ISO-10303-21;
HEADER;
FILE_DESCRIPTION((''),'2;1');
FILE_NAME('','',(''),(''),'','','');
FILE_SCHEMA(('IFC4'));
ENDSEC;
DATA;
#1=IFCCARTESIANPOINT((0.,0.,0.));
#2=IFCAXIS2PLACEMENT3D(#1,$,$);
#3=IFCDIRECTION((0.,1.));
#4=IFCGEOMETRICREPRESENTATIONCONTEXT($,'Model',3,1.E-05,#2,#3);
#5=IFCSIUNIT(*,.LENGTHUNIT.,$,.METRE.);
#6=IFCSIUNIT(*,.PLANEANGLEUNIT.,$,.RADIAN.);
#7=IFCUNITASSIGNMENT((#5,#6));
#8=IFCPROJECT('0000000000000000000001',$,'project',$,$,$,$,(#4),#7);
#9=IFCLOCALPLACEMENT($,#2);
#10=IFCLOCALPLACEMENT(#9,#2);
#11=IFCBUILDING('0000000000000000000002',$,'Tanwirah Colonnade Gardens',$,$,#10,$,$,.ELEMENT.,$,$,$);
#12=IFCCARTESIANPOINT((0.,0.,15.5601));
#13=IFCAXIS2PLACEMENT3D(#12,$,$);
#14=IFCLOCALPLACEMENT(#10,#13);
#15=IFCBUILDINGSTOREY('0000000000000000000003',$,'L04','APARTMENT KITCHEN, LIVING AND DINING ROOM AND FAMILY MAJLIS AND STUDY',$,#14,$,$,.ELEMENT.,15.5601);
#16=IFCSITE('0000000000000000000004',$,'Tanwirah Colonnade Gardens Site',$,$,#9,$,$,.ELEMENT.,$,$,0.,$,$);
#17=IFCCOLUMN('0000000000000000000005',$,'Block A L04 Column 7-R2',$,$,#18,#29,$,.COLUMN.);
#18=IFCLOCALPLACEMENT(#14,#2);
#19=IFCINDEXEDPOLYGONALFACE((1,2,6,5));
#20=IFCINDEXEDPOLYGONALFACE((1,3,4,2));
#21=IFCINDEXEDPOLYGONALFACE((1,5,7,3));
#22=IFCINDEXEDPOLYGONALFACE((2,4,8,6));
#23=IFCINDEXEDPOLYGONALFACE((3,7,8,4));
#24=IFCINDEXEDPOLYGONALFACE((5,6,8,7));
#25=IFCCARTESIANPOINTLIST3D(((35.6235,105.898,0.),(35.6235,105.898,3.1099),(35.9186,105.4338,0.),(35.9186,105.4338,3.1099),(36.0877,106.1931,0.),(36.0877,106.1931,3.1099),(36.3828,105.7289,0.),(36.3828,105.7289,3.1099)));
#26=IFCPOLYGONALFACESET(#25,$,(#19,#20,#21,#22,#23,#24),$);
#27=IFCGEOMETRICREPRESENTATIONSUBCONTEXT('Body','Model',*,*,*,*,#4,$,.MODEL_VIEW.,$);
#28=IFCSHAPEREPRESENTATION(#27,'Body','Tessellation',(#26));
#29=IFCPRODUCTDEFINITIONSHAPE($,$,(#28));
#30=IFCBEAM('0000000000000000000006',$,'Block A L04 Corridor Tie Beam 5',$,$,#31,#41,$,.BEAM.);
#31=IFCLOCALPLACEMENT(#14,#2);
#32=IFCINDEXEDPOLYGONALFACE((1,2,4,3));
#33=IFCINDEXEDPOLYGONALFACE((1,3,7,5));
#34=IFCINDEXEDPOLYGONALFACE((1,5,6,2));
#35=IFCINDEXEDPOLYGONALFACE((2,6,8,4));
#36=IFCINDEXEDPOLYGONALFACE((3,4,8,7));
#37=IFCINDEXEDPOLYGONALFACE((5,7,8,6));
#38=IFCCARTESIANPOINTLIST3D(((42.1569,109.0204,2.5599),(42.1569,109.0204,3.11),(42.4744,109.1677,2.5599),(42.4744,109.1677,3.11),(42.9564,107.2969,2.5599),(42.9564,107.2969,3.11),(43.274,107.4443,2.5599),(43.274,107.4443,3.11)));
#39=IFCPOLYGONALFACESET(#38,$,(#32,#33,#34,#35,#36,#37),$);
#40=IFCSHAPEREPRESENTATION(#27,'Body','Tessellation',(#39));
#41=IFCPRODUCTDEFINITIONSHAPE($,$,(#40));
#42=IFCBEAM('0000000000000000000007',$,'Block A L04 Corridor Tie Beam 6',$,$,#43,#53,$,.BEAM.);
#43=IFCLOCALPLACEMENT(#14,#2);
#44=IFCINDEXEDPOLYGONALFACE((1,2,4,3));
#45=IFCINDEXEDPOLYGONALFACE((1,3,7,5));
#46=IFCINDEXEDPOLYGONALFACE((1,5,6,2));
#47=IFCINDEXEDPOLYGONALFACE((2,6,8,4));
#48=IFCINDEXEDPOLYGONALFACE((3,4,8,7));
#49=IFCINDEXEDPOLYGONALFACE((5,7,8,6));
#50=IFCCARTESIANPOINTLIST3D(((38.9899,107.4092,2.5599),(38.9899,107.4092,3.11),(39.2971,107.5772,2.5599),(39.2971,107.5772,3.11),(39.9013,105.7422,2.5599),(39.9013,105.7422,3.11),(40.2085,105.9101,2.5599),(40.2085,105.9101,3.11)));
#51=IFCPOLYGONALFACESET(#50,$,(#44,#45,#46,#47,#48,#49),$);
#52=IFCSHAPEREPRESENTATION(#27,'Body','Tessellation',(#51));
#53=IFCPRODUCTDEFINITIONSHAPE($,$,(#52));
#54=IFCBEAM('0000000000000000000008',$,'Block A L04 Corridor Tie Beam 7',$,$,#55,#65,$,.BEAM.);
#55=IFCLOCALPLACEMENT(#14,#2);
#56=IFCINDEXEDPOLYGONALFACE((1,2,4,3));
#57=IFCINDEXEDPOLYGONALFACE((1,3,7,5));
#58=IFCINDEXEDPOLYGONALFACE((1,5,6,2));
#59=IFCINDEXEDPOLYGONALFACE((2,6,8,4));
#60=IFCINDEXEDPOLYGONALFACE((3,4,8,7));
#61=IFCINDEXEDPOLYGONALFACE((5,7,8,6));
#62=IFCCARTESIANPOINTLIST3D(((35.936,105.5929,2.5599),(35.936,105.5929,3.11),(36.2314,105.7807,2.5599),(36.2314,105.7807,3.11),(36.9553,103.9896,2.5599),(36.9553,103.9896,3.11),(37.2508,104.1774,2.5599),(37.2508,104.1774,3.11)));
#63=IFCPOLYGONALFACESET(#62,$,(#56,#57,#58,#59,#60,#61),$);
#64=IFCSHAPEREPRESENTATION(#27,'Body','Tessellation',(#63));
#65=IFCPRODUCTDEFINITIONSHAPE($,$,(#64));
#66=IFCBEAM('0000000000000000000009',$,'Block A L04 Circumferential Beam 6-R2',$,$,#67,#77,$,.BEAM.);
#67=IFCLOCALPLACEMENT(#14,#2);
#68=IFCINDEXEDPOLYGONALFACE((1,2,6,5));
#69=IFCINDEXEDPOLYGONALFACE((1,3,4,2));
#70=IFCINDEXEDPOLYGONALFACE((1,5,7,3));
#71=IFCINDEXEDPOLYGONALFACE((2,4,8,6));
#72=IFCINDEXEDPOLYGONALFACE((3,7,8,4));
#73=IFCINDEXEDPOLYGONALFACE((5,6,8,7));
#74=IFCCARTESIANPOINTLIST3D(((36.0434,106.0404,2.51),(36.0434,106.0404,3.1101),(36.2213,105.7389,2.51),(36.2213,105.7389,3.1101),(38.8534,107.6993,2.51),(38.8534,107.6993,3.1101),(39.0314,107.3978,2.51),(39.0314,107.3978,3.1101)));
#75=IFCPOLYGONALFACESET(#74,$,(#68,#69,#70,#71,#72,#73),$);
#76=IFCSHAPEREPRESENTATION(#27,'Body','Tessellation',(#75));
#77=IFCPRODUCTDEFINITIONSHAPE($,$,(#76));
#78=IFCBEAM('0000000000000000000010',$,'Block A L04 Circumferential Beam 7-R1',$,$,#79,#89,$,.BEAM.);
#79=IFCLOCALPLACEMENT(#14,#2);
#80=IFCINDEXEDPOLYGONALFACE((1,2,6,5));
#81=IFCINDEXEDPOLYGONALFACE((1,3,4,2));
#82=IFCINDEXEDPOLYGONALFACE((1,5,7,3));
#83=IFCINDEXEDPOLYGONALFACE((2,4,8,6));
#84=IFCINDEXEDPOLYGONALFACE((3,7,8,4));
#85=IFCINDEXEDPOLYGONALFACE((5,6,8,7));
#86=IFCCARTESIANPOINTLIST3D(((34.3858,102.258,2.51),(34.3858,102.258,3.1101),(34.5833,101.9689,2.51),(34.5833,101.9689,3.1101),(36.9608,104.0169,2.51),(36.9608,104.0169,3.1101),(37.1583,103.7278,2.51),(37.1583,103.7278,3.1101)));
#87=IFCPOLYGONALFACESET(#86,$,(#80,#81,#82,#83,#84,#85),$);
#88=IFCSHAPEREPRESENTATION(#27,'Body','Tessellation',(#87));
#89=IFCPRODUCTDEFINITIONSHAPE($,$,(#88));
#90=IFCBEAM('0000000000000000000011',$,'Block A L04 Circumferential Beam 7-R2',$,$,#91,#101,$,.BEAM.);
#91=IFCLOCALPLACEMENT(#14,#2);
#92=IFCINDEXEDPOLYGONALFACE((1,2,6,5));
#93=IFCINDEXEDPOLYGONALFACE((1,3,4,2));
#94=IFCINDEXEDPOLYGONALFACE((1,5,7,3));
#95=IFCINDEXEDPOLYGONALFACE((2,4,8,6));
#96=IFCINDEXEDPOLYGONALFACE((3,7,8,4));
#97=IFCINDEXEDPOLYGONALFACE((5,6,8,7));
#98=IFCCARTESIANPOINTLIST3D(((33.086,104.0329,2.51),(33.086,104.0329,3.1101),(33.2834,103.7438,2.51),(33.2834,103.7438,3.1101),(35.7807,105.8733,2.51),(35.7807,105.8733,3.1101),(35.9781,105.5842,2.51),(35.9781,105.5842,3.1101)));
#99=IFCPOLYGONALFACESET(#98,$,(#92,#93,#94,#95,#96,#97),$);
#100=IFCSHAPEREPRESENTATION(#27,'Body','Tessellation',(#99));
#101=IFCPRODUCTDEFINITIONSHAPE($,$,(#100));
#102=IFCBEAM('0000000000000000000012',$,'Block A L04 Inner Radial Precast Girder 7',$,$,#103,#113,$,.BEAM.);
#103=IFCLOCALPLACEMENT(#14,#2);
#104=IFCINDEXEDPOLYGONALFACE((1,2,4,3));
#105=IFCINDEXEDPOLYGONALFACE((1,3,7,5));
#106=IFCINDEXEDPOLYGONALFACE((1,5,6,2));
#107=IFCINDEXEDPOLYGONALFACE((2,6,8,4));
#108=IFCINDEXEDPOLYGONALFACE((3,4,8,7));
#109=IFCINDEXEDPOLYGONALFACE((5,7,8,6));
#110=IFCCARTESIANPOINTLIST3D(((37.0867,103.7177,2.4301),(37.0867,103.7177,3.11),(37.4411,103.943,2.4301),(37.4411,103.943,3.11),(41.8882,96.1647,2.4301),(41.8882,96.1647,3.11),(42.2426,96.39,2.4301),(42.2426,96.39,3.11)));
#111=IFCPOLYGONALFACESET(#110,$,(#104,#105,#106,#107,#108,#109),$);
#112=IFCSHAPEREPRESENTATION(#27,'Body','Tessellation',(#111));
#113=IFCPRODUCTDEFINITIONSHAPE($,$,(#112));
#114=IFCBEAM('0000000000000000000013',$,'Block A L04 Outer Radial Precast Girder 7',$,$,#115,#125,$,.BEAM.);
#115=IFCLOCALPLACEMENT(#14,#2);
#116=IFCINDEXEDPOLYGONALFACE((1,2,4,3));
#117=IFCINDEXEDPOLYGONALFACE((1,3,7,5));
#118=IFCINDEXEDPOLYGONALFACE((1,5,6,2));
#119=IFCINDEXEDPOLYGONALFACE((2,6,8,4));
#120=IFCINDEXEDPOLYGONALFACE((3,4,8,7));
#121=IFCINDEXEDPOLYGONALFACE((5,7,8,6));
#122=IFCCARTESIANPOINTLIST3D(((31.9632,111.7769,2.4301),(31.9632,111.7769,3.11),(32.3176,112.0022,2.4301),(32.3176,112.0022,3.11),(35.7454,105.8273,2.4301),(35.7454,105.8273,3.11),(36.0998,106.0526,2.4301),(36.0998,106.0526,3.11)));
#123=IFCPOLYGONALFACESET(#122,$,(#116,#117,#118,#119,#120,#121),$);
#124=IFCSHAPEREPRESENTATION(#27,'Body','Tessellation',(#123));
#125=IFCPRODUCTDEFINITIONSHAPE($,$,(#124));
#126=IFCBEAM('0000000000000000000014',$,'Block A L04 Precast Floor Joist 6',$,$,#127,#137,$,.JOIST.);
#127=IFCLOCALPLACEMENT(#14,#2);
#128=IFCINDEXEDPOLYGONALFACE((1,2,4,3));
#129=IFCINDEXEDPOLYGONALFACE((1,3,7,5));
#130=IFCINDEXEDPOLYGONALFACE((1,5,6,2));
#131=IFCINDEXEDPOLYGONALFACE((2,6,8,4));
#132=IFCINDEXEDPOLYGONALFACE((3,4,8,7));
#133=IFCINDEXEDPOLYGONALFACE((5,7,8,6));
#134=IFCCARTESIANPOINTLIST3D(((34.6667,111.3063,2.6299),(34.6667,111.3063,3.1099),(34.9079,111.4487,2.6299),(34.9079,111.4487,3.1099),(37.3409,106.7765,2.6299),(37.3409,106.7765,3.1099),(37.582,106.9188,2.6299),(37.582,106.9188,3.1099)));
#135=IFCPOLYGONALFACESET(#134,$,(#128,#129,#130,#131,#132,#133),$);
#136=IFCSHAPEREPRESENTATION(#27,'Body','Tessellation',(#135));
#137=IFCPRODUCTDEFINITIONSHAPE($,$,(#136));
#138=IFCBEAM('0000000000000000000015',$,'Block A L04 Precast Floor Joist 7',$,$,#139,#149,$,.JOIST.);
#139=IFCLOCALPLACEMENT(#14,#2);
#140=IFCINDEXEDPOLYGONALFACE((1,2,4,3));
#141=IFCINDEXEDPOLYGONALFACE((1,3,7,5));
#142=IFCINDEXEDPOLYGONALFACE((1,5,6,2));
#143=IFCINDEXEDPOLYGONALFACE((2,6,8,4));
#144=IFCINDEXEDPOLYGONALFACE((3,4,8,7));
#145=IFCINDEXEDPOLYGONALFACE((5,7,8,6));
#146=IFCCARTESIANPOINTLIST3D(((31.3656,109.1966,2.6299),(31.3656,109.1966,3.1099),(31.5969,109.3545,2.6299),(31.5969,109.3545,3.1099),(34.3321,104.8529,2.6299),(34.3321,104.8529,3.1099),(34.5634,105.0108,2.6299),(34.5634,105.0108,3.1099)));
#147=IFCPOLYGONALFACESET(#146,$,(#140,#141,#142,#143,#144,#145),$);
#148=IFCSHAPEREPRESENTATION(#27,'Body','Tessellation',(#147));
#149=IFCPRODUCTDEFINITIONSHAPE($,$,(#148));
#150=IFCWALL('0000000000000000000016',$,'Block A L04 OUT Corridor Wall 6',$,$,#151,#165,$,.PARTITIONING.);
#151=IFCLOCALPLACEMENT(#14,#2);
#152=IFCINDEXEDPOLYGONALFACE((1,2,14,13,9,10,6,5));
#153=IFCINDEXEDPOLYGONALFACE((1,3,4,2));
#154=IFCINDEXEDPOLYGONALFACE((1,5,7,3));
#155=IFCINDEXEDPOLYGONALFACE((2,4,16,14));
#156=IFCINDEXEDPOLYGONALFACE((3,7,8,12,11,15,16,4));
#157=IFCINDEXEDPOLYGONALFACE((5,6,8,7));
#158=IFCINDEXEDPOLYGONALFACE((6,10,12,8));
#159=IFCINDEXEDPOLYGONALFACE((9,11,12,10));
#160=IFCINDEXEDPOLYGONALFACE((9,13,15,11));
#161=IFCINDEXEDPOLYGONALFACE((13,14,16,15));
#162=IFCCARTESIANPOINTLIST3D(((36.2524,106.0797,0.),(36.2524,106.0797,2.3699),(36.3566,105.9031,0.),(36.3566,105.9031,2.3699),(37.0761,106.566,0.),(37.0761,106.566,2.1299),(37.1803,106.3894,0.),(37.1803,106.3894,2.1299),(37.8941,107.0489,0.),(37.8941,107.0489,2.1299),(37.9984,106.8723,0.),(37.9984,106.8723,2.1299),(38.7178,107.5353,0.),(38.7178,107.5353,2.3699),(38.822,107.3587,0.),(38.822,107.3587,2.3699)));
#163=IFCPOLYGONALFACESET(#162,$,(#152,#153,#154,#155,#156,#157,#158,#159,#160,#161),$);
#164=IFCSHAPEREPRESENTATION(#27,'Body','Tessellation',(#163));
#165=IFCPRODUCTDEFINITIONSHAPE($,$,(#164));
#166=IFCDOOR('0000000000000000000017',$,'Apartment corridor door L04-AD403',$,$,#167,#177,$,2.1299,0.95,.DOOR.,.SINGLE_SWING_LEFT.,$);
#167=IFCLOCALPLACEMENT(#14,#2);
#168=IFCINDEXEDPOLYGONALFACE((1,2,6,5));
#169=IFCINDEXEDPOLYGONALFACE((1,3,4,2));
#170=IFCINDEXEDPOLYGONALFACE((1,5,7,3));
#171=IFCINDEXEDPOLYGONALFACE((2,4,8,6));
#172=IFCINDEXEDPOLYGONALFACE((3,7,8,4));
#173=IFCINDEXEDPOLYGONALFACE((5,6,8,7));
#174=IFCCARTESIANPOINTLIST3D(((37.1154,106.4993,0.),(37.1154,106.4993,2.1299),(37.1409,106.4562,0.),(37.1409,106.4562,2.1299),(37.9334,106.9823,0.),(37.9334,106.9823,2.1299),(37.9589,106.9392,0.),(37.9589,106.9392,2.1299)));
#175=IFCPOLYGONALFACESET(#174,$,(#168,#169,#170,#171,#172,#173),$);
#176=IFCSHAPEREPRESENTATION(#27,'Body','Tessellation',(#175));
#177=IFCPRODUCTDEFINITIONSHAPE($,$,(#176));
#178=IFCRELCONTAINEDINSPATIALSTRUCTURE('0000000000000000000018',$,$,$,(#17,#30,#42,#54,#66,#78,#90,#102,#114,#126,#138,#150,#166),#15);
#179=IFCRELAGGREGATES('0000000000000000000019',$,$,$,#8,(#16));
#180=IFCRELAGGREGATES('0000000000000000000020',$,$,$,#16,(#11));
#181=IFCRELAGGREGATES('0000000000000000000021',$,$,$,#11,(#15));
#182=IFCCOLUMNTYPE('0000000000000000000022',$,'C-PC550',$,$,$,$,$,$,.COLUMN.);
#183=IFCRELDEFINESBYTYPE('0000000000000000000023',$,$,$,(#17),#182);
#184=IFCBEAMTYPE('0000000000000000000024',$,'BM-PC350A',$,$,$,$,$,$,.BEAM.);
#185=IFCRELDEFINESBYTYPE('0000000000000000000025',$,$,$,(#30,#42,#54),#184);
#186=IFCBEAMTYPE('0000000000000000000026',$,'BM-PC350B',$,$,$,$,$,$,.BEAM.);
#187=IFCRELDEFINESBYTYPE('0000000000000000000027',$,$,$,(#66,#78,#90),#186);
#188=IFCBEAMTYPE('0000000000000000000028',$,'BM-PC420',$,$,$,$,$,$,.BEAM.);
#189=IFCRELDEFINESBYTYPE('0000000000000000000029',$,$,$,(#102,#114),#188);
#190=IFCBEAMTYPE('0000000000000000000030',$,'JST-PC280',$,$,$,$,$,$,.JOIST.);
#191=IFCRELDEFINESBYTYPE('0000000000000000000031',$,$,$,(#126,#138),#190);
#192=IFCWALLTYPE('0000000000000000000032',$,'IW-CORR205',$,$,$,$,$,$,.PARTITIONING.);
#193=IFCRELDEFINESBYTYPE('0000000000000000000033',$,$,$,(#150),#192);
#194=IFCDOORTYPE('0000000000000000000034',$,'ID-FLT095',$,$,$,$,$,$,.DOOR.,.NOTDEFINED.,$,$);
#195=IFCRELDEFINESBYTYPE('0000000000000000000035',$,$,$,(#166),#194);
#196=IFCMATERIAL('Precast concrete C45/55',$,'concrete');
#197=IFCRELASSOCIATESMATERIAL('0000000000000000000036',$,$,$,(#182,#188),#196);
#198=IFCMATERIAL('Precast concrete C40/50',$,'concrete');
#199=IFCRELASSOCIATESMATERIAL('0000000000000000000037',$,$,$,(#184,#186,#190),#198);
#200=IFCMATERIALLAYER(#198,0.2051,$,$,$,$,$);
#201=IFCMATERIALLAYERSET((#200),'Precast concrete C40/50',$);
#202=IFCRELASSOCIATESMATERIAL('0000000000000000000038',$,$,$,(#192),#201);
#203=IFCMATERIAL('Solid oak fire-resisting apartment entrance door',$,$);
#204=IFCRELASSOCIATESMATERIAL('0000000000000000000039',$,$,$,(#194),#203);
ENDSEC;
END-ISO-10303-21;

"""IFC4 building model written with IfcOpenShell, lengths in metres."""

from ifc_helpers import new_model, si_unit, direction, frame, frame_2d, origin, origin_2d, place, context, subcontext, project, spatial, rectangle, extrude, material, layer, layer_set, material_profile, profile_set, type_object, element, fill, save


model = new_model("IFC4")

# Units and contexts
model_context = context("Model", 3, precision=1e-05, world=origin(), true_north=direction((0.0, 1.0)))
body_context = subcontext(model_context, "Body", "Model", "MODEL_VIEW")
ifc_project = project(units=[si_unit("LENGTHUNIT", "METRE"), si_unit("PLANEANGLEUNIT", "RADIAN")], contexts=[model_context])

# Site, building, storey
site_placement = place(None, origin())
site = spatial("IfcSite", under=ifc_project, at=site_placement, Name="Tanwirah Colonnade Gardens Site", CompositionType="ELEMENT", RefElevation=0.0)
building_placement = place(site_placement, origin())
building = spatial("IfcBuilding", under=site, at=building_placement, Name="Tanwirah Colonnade Gardens", CompositionType="ELEMENT")
storey_placement = place(building_placement, frame((0.0, 0.0, 15.5601)))
storey = spatial("IfcBuildingStorey", under=building, at=storey_placement, Name="L04", Description="APARTMENT KITCHEN, LIVING AND DINING ROOM AND FAMILY MAJLIS AND STUDY", CompositionType="ELEMENT", Elevation=15.5601)

# Column
ifc_material_1 = material(Name="Precast concrete C45/55", Category="concrete")
ifc_material_profile_1 = material_profile(ifc_material_1, rectangle(XDim=0.55, YDim=0.55, at=origin_2d()), Name="PC-COL 550x550")
ifc_profile_set_1 = profile_set([ifc_material_profile_1], Name="Precast concrete C45/55")
column_type = type_object("IfcColumnType", Name="C-PC550", PredefinedType="COLUMN", material=ifc_profile_set_1)
column_placement = place(storey_placement, frame((36.0032, 105.8135, 0.0), z_axis=(0.0, 0.0, 1.0), x_axis=(-0.536482, 0.843912, 0.0)))
element("IfcColumn", 1, at=column_placement, inside=storey, type_object=column_type, Name="Block A L04 Column 7-R2", PredefinedType="COLUMN", context=body_context, shape_type="SweptSolid", body=[
    extrude(rectangle(XDim=0.55, YDim=0.55, at=origin_2d()), origin(), (0.0, 0.0, 1.0), 3.1099),
])

# Beams
ifc_material_2 = material(Name="Precast concrete C40/50", Category="concrete")
ifc_material_profile_2 = material_profile(ifc_material_2, rectangle(XDim=0.3501, YDim=0.55, at=origin_2d()), Name="PC-BM 350x550")
ifc_profile_set_2 = profile_set([ifc_material_profile_2], Name="Precast concrete C40/50")
beam_type_1 = type_object("IfcBeamType", Name="BM-PC350A", PredefinedType="BEAM", material=ifc_profile_set_2)
for number, where, z_axis, x_axis, name in (
    (2, (43.1152, 107.3706, 2.835), (-0.420858, 0.907126, 0.0), (-0.907126, -0.420858, 0.0), "Block A L04 Corridor Tie Beam 5"),
    (3, (40.0549, 105.8262, 2.835), (-0.479707, 0.877429, 0.0), (-0.877429, -0.479707, 0.0), "Block A L04 Corridor Tie Beam 6"),
    (4, (37.103, 104.0835, 2.835), (-0.53651, 0.843894, 0.0), (-0.843894, -0.53651, 0.0), "Block A L04 Corridor Tie Beam 7"),
):
    element("IfcBeam", number, at=place(storey_placement, frame(where, z_axis=z_axis, x_axis=x_axis)), inside=storey, type_object=beam_type_1, Name=name, PredefinedType="BEAM", context=body_context, shape_type="SweptSolid", body=[
        extrude(rectangle(XDim=0.3501, YDim=0.55, at=origin_2d()), origin(), (0.0, 0.0, 1.0), 1.8999),
    ])
ifc_material_profile_3 = material_profile(ifc_material_2, rectangle(XDim=0.3501, YDim=0.6001, at=origin_2d()), Name="PC-BM 350x600")
ifc_profile_set_3 = profile_set([ifc_material_profile_3], Name="Precast concrete C40/50")
beam_type_2 = type_object("IfcBeamType", Name="BM-PC350B", PredefinedType="BEAM", material=ifc_profile_set_3)
beam_1_placement = place(storey_placement, frame((38.9424, 107.5486, 2.8101), z_axis=(-0.861135, -0.508376, 0.0), x_axis=(0.508376, -0.861135, 0.0)))
element("IfcBeam", 5, at=beam_1_placement, inside=storey, type_object=beam_type_2, Name="Block A L04 Circumferential Beam 6-R2", PredefinedType="BEAM", context=body_context, shape_type="SweptSolid", body=[
    extrude(rectangle(XDim=0.3501, YDim=0.6001, at=origin_2d()), origin(), (0.0, 0.0, 1.0), 3.2632),
])
beam_2_placement = place(storey_placement, frame((37.0596, 103.8723, 2.8101), z_axis=(-0.825758, -0.564024, 0.0), x_axis=(0.564024, -0.825758, 0.0)))
element("IfcBeam", 6, at=beam_2_placement, inside=storey, type_object=beam_type_2, Name="Block A L04 Circumferential Beam 7-R1", PredefinedType="BEAM", context=body_context, shape_type="SweptSolid", body=[
    extrude(rectangle(XDim=0.3501, YDim=0.6001, at=origin_2d()), origin(), (0.0, 0.0, 1.0), 3.1184),
])
beam_3_placement = place(storey_placement, frame((35.8794, 105.7288, 2.8101), z_axis=(-0.825782, -0.563989, 0.0), x_axis=(0.563989, -0.825782, 0.0)))
element("IfcBeam", 7, at=beam_3_placement, inside=storey, type_object=beam_type_2, Name="Block A L04 Circumferential Beam 7-R2", PredefinedType="BEAM", context=body_context, shape_type="SweptSolid", body=[
    extrude(rectangle(XDim=0.3501, YDim=0.6001, at=origin_2d()), origin(), (0.0, 0.0, 1.0), 3.2632),
])
ifc_material_profile_4 = material_profile(ifc_material_1, rectangle(XDim=0.4199, YDim=0.6799, at=origin_2d()), Name="PC-BM 420x680")
ifc_profile_set_4 = profile_set([ifc_material_profile_4], Name="Precast concrete C45/55")
beam_type_3 = type_object("IfcBeamType", Name="BM-PC420", PredefinedType="BEAM", material=ifc_profile_set_4)
beam_4_placement = place(storey_placement, frame((37.2639, 103.8303, 2.77), z_axis=(0.536484, -0.843911, 0.0), x_axis=(0.843911, 0.536484, 0.0)))
element("IfcBeam", 8, at=beam_4_placement, inside=storey, type_object=beam_type_3, Name="Block A L04 Inner Radial Precast Girder 7", PredefinedType="BEAM", context=body_context, shape_type="SweptSolid", body=[
    extrude(rectangle(XDim=0.4199, YDim=0.6799, at=origin_2d()), origin(), (0.0, 0.0, 1.0), 8.95),
])
beam_5_placement = place(storey_placement, frame((35.9226, 105.9399, 2.77), z_axis=(-0.536477, 0.843915, 0.0), x_axis=(-0.843915, -0.536477, 0.0)))
element("IfcBeam", 9, at=beam_5_placement, inside=storey, type_object=beam_type_3, Name="Block A L04 Outer Radial Precast Girder 7", PredefinedType="BEAM", context=body_context, shape_type="SweptSolid", body=[
    extrude(rectangle(XDim=0.4199, YDim=0.6799, at=origin_2d()), origin(), (0.0, 0.0, 1.0), 7.05),
])
ifc_material_profile_5 = material_profile(ifc_material_2, rectangle(XDim=0.28, YDim=0.48, at=origin_2d()), Name="PC-JST 280x480")
ifc_profile_set_5 = profile_set([ifc_material_profile_5], Name="Precast concrete C40/50")
beam_type_4 = type_object("IfcBeamType", Name="JST-PC280", PredefinedType="JOIST", material=ifc_profile_set_5)
beam_6_placement = place(storey_placement, frame((37.4614, 106.8477, 2.8699), z_axis=(-0.50836, 0.861145, 0.0), x_axis=(-0.861145, -0.50836, 0.0)))
element("IfcBeam", 10, at=beam_6_placement, inside=storey, type_object=beam_type_4, Name="Block A L04 Precast Floor Joist 6", PredefinedType="JOIST", context=body_context, shape_type="SweptSolid", body=[
    extrude(rectangle(XDim=0.28, YDim=0.48, at=origin_2d()), origin(), (0.0, 0.0, 1.0), 5.2603),
])
beam_7_placement = place(storey_placement, frame((34.4478, 104.9319, 2.8699), z_axis=(-0.563973, 0.825793, 0.0), x_axis=(-0.825793, -0.563973, 0.0)))
element("IfcBeam", 11, at=beam_7_placement, inside=storey, type_object=beam_type_4, Name="Block A L04 Precast Floor Joist 7", PredefinedType="JOIST", context=body_context, shape_type="SweptSolid", body=[
    extrude(rectangle(XDim=0.28, YDim=0.48, at=origin_2d()), origin(), (0.0, 0.0, 1.0), 5.26),
])

# Wall, opening, door
ifc_layer_1 = layer(ifc_material_2, 0.2051)
ifc_layer_set_1 = layer_set([ifc_layer_1], Name="Precast concrete C40/50")
wall_type_1 = type_object("IfcWallType", Name="IW-CORR205", PredefinedType="PARTITIONING", material=ifc_layer_set_1)
wall_1_placement = place(storey_placement, frame((38.77, 107.447, 0.0), z_axis=(0.0, 0.0, 1.0), x_axis=(-0.861113, -0.508413, 0.0)))
wall_1 = element("IfcWall", 12, at=wall_1_placement, inside=storey, type_object=wall_type_1, Name="Block A L04 OUT Corridor Wall 6", PredefinedType="PARTITIONING", context=body_context, shape_type="SweptSolid", body=[
    extrude(rectangle(XDim=2.863, YDim=0.2051, at=frame_2d((1.4316, 0.0))), origin(), (0.0, 0.0, 1.0), 2.3699),
])
opening_1_placement = place(wall_1_placement, frame((0.9565, 0.0, 0.0)))
opening_1 = element("IfcOpeningElement", 13, at=opening_1_placement, cuts=wall_1, PredefinedType="OPENING", context=body_context, shape_type="SweptSolid", body=[
    extrude(rectangle(XDim=0.95, YDim=2.1299, at=frame_2d((0.4751, 1.0649))), frame((0.0, 0.1125, 0.0), z_axis=(0.0, -1.0, 0.0), x_axis=(1.0, 0.0, 0.0)), (0.0, 0.0, 1.0), 0.2251),
])
ifc_material_3 = material(Name="Solid oak fire-resisting apartment entrance door")
door_type_1 = type_object("IfcDoorType", Name="ID-FLT095", OperationType="NOTDEFINED", PredefinedType="DOOR", material=ifc_material_3)
door_1_placement = place(opening_1_placement, origin())
door_1 = element("IfcDoor", 14, at=door_1_placement, inside=storey, type_object=door_type_1, Name="Apartment corridor door L04-AD403", OperationType="SINGLE_SWING_LEFT", OverallHeight=2.1299, OverallWidth=0.95, PredefinedType="DOOR", context=body_context, shape_type="SweptSolid", body=[
    extrude(rectangle(XDim=0.95, YDim=2.1299, at=frame_2d((0.4751, 1.0649))), frame((0.0, 0.0249, 0.0), z_axis=(0.0, -1.0, 0.0), x_axis=(1.0, 0.0, 0.0)), (0.0, 0.0, 1.0), 0.05),
])
fill(opening_1, door_1)

save(model, "model.ifc")
